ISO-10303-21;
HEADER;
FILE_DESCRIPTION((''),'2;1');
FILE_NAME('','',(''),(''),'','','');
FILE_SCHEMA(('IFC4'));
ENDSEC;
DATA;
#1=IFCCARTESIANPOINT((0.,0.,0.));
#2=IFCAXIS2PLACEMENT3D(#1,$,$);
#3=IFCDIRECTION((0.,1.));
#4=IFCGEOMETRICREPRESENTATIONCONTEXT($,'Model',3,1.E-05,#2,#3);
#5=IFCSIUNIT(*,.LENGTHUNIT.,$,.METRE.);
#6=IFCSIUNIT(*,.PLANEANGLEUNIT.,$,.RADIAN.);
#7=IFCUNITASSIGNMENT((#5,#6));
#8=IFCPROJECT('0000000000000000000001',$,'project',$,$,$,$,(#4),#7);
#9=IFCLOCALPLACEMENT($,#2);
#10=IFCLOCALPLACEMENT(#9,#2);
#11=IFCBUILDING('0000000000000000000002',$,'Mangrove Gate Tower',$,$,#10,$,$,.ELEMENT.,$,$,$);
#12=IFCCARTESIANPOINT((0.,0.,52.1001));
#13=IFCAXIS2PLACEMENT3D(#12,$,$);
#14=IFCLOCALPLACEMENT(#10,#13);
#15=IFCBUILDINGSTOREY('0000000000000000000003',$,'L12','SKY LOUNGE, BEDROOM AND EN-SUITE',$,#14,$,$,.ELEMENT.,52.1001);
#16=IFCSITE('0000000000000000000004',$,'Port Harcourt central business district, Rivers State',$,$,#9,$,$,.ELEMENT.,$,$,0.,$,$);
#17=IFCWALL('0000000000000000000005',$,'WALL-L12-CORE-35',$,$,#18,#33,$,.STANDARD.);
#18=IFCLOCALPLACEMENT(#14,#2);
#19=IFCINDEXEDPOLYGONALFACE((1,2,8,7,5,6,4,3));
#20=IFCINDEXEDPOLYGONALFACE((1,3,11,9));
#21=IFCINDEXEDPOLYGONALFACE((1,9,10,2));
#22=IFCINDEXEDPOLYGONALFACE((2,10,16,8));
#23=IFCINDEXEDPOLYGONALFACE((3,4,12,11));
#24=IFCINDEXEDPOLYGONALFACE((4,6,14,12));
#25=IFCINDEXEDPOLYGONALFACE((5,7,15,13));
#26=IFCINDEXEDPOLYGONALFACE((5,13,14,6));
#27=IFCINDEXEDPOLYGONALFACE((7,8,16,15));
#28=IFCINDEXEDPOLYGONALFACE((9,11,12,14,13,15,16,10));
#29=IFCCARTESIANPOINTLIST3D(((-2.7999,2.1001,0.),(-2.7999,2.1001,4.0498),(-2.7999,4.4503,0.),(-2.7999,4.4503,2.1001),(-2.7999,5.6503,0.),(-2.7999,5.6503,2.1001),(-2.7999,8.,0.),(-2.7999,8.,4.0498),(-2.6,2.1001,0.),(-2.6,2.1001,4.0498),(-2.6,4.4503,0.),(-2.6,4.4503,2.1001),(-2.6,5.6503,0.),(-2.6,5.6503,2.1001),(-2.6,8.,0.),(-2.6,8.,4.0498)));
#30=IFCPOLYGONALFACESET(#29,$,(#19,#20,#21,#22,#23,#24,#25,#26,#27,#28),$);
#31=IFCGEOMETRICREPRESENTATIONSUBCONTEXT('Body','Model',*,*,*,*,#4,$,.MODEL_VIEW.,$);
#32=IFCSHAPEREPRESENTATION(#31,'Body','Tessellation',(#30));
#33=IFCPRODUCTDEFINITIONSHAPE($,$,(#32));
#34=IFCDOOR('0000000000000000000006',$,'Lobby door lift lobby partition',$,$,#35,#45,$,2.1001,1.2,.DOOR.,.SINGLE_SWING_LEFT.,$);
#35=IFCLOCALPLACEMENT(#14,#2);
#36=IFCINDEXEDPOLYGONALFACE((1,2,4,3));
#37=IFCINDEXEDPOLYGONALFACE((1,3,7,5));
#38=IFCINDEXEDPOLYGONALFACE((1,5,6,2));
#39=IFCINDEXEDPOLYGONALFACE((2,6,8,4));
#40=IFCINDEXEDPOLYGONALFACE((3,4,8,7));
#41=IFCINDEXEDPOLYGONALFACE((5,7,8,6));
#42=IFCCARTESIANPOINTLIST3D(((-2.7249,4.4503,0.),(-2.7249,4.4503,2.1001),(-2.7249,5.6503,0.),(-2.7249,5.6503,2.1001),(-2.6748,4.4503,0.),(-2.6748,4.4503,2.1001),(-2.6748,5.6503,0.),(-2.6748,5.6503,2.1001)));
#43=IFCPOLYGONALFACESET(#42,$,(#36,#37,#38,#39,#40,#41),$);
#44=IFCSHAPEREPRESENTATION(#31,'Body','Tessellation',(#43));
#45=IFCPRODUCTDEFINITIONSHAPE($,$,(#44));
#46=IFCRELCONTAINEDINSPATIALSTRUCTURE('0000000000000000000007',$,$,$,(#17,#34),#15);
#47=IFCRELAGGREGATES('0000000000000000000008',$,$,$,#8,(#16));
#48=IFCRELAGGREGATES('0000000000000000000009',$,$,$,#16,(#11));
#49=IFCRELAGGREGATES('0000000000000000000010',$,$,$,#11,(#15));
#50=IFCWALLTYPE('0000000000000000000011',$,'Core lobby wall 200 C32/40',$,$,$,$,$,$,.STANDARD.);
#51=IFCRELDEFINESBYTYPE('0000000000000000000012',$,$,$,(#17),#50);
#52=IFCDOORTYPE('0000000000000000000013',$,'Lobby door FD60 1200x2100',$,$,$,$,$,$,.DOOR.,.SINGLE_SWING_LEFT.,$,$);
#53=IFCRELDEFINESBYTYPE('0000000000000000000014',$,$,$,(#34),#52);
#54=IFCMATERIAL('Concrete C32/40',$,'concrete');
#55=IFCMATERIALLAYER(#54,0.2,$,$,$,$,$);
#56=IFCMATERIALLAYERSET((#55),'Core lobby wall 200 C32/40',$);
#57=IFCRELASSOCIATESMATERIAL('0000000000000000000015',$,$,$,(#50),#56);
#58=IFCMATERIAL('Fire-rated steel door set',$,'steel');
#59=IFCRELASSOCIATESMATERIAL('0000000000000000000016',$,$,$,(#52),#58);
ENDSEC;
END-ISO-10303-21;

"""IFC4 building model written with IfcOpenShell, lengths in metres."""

from ifc_helpers import new_model, si_unit, direction, frame, frame_2d, origin, place, context, subcontext, project, spatial, rectangle, extrude, material, layer, layer_set, type_object, element, fill, save


model = new_model("IFC4")

# Units and contexts
model_context = context("Model", 3, precision=1e-05, world=origin(), true_north=direction((0.0, 1.0)))
body_context = subcontext(model_context, "Body", "Model", "MODEL_VIEW")
ifc_project = project(units=[si_unit("LENGTHUNIT", "METRE"), si_unit("PLANEANGLEUNIT", "RADIAN")], contexts=[model_context])

# Site, building, storey
site_placement = place(None, origin())
site = spatial("IfcSite", under=ifc_project, at=site_placement, Name="Port Harcourt central business district, Rivers State", CompositionType="ELEMENT", RefElevation=0.0)
building_placement = place(site_placement, origin())
building = spatial("IfcBuilding", under=site, at=building_placement, Name="Mangrove Gate Tower", CompositionType="ELEMENT")
storey_placement = place(building_placement, frame((0.0, 0.0, 52.1001)))
storey = spatial("IfcBuildingStorey", under=building, at=storey_placement, Name="L12", Description="SKY LOUNGE, BEDROOM AND EN-SUITE", CompositionType="ELEMENT", Elevation=52.1001)

# Wall, opening, door
ifc_material_1 = material(Name="Concrete C32/40", Category="concrete")
ifc_layer_1 = layer(ifc_material_1, 0.2)
ifc_layer_set_1 = layer_set([ifc_layer_1], Name="Core lobby wall 200 C32/40")
wall_type_1 = type_object("IfcWallType", Name="Core lobby wall 200 C32/40", PredefinedType="STANDARD", material=ifc_layer_set_1)
wall_1_placement = place(storey_placement, frame((-2.7, 2.1001, 0.0), z_axis=(0.0, 0.0, 1.0), x_axis=(0.0, 1.0, 0.0)))
wall_1 = element("IfcWall", 1, at=wall_1_placement, inside=storey, type_object=wall_type_1, Name="WALL-L12-CORE-35", PredefinedType="STANDARD", context=body_context, shape_type="SweptSolid", body=[
    extrude(rectangle(XDim=5.8999, YDim=0.2, at=frame_2d((2.95, 0.0))), origin(), (0.0, 0.0, 1.0), 4.0498),
])
opening_1_placement = place(wall_1_placement, frame((2.3501, 0.0, 0.0)))
opening_1 = element("IfcOpeningElement", 2, at=opening_1_placement, cuts=wall_1, PredefinedType="OPENING", context=body_context, shape_type="SweptSolid", body=[
    extrude(rectangle(XDim=1.2, YDim=2.1001, at=frame_2d((0.6001, 1.05))), frame((0.0, 0.1099, 0.0), z_axis=(0.0, -1.0, 0.0), x_axis=(1.0, 0.0, 0.0)), (0.0, 0.0, 1.0), 0.22),
])
ifc_material_2 = material(Name="Fire-rated steel door set", Category="steel")
door_type_1 = type_object("IfcDoorType", Name="Lobby door FD60 1200x2100", OperationType="SINGLE_SWING_LEFT", PredefinedType="DOOR", material=ifc_material_2)
door_1_placement = place(opening_1_placement, origin())
door_1 = element("IfcDoor", 3, at=door_1_placement, inside=storey, type_object=door_type_1, Name="Lobby door lift lobby partition", OperationType="SINGLE_SWING_LEFT", OverallHeight=2.1001, OverallWidth=1.2, PredefinedType="DOOR", context=body_context, shape_type="SweptSolid", body=[
    extrude(rectangle(XDim=1.2, YDim=2.1001, at=frame_2d((0.6001, 1.05))), frame((0.0, 0.0249, 0.0), z_axis=(0.0, -1.0, 0.0), x_axis=(1.0, 0.0, 0.0)), (0.0, 0.0, 1.0), 0.05),
])
fill(opening_1, door_1)

save(model, "model.ifc")
